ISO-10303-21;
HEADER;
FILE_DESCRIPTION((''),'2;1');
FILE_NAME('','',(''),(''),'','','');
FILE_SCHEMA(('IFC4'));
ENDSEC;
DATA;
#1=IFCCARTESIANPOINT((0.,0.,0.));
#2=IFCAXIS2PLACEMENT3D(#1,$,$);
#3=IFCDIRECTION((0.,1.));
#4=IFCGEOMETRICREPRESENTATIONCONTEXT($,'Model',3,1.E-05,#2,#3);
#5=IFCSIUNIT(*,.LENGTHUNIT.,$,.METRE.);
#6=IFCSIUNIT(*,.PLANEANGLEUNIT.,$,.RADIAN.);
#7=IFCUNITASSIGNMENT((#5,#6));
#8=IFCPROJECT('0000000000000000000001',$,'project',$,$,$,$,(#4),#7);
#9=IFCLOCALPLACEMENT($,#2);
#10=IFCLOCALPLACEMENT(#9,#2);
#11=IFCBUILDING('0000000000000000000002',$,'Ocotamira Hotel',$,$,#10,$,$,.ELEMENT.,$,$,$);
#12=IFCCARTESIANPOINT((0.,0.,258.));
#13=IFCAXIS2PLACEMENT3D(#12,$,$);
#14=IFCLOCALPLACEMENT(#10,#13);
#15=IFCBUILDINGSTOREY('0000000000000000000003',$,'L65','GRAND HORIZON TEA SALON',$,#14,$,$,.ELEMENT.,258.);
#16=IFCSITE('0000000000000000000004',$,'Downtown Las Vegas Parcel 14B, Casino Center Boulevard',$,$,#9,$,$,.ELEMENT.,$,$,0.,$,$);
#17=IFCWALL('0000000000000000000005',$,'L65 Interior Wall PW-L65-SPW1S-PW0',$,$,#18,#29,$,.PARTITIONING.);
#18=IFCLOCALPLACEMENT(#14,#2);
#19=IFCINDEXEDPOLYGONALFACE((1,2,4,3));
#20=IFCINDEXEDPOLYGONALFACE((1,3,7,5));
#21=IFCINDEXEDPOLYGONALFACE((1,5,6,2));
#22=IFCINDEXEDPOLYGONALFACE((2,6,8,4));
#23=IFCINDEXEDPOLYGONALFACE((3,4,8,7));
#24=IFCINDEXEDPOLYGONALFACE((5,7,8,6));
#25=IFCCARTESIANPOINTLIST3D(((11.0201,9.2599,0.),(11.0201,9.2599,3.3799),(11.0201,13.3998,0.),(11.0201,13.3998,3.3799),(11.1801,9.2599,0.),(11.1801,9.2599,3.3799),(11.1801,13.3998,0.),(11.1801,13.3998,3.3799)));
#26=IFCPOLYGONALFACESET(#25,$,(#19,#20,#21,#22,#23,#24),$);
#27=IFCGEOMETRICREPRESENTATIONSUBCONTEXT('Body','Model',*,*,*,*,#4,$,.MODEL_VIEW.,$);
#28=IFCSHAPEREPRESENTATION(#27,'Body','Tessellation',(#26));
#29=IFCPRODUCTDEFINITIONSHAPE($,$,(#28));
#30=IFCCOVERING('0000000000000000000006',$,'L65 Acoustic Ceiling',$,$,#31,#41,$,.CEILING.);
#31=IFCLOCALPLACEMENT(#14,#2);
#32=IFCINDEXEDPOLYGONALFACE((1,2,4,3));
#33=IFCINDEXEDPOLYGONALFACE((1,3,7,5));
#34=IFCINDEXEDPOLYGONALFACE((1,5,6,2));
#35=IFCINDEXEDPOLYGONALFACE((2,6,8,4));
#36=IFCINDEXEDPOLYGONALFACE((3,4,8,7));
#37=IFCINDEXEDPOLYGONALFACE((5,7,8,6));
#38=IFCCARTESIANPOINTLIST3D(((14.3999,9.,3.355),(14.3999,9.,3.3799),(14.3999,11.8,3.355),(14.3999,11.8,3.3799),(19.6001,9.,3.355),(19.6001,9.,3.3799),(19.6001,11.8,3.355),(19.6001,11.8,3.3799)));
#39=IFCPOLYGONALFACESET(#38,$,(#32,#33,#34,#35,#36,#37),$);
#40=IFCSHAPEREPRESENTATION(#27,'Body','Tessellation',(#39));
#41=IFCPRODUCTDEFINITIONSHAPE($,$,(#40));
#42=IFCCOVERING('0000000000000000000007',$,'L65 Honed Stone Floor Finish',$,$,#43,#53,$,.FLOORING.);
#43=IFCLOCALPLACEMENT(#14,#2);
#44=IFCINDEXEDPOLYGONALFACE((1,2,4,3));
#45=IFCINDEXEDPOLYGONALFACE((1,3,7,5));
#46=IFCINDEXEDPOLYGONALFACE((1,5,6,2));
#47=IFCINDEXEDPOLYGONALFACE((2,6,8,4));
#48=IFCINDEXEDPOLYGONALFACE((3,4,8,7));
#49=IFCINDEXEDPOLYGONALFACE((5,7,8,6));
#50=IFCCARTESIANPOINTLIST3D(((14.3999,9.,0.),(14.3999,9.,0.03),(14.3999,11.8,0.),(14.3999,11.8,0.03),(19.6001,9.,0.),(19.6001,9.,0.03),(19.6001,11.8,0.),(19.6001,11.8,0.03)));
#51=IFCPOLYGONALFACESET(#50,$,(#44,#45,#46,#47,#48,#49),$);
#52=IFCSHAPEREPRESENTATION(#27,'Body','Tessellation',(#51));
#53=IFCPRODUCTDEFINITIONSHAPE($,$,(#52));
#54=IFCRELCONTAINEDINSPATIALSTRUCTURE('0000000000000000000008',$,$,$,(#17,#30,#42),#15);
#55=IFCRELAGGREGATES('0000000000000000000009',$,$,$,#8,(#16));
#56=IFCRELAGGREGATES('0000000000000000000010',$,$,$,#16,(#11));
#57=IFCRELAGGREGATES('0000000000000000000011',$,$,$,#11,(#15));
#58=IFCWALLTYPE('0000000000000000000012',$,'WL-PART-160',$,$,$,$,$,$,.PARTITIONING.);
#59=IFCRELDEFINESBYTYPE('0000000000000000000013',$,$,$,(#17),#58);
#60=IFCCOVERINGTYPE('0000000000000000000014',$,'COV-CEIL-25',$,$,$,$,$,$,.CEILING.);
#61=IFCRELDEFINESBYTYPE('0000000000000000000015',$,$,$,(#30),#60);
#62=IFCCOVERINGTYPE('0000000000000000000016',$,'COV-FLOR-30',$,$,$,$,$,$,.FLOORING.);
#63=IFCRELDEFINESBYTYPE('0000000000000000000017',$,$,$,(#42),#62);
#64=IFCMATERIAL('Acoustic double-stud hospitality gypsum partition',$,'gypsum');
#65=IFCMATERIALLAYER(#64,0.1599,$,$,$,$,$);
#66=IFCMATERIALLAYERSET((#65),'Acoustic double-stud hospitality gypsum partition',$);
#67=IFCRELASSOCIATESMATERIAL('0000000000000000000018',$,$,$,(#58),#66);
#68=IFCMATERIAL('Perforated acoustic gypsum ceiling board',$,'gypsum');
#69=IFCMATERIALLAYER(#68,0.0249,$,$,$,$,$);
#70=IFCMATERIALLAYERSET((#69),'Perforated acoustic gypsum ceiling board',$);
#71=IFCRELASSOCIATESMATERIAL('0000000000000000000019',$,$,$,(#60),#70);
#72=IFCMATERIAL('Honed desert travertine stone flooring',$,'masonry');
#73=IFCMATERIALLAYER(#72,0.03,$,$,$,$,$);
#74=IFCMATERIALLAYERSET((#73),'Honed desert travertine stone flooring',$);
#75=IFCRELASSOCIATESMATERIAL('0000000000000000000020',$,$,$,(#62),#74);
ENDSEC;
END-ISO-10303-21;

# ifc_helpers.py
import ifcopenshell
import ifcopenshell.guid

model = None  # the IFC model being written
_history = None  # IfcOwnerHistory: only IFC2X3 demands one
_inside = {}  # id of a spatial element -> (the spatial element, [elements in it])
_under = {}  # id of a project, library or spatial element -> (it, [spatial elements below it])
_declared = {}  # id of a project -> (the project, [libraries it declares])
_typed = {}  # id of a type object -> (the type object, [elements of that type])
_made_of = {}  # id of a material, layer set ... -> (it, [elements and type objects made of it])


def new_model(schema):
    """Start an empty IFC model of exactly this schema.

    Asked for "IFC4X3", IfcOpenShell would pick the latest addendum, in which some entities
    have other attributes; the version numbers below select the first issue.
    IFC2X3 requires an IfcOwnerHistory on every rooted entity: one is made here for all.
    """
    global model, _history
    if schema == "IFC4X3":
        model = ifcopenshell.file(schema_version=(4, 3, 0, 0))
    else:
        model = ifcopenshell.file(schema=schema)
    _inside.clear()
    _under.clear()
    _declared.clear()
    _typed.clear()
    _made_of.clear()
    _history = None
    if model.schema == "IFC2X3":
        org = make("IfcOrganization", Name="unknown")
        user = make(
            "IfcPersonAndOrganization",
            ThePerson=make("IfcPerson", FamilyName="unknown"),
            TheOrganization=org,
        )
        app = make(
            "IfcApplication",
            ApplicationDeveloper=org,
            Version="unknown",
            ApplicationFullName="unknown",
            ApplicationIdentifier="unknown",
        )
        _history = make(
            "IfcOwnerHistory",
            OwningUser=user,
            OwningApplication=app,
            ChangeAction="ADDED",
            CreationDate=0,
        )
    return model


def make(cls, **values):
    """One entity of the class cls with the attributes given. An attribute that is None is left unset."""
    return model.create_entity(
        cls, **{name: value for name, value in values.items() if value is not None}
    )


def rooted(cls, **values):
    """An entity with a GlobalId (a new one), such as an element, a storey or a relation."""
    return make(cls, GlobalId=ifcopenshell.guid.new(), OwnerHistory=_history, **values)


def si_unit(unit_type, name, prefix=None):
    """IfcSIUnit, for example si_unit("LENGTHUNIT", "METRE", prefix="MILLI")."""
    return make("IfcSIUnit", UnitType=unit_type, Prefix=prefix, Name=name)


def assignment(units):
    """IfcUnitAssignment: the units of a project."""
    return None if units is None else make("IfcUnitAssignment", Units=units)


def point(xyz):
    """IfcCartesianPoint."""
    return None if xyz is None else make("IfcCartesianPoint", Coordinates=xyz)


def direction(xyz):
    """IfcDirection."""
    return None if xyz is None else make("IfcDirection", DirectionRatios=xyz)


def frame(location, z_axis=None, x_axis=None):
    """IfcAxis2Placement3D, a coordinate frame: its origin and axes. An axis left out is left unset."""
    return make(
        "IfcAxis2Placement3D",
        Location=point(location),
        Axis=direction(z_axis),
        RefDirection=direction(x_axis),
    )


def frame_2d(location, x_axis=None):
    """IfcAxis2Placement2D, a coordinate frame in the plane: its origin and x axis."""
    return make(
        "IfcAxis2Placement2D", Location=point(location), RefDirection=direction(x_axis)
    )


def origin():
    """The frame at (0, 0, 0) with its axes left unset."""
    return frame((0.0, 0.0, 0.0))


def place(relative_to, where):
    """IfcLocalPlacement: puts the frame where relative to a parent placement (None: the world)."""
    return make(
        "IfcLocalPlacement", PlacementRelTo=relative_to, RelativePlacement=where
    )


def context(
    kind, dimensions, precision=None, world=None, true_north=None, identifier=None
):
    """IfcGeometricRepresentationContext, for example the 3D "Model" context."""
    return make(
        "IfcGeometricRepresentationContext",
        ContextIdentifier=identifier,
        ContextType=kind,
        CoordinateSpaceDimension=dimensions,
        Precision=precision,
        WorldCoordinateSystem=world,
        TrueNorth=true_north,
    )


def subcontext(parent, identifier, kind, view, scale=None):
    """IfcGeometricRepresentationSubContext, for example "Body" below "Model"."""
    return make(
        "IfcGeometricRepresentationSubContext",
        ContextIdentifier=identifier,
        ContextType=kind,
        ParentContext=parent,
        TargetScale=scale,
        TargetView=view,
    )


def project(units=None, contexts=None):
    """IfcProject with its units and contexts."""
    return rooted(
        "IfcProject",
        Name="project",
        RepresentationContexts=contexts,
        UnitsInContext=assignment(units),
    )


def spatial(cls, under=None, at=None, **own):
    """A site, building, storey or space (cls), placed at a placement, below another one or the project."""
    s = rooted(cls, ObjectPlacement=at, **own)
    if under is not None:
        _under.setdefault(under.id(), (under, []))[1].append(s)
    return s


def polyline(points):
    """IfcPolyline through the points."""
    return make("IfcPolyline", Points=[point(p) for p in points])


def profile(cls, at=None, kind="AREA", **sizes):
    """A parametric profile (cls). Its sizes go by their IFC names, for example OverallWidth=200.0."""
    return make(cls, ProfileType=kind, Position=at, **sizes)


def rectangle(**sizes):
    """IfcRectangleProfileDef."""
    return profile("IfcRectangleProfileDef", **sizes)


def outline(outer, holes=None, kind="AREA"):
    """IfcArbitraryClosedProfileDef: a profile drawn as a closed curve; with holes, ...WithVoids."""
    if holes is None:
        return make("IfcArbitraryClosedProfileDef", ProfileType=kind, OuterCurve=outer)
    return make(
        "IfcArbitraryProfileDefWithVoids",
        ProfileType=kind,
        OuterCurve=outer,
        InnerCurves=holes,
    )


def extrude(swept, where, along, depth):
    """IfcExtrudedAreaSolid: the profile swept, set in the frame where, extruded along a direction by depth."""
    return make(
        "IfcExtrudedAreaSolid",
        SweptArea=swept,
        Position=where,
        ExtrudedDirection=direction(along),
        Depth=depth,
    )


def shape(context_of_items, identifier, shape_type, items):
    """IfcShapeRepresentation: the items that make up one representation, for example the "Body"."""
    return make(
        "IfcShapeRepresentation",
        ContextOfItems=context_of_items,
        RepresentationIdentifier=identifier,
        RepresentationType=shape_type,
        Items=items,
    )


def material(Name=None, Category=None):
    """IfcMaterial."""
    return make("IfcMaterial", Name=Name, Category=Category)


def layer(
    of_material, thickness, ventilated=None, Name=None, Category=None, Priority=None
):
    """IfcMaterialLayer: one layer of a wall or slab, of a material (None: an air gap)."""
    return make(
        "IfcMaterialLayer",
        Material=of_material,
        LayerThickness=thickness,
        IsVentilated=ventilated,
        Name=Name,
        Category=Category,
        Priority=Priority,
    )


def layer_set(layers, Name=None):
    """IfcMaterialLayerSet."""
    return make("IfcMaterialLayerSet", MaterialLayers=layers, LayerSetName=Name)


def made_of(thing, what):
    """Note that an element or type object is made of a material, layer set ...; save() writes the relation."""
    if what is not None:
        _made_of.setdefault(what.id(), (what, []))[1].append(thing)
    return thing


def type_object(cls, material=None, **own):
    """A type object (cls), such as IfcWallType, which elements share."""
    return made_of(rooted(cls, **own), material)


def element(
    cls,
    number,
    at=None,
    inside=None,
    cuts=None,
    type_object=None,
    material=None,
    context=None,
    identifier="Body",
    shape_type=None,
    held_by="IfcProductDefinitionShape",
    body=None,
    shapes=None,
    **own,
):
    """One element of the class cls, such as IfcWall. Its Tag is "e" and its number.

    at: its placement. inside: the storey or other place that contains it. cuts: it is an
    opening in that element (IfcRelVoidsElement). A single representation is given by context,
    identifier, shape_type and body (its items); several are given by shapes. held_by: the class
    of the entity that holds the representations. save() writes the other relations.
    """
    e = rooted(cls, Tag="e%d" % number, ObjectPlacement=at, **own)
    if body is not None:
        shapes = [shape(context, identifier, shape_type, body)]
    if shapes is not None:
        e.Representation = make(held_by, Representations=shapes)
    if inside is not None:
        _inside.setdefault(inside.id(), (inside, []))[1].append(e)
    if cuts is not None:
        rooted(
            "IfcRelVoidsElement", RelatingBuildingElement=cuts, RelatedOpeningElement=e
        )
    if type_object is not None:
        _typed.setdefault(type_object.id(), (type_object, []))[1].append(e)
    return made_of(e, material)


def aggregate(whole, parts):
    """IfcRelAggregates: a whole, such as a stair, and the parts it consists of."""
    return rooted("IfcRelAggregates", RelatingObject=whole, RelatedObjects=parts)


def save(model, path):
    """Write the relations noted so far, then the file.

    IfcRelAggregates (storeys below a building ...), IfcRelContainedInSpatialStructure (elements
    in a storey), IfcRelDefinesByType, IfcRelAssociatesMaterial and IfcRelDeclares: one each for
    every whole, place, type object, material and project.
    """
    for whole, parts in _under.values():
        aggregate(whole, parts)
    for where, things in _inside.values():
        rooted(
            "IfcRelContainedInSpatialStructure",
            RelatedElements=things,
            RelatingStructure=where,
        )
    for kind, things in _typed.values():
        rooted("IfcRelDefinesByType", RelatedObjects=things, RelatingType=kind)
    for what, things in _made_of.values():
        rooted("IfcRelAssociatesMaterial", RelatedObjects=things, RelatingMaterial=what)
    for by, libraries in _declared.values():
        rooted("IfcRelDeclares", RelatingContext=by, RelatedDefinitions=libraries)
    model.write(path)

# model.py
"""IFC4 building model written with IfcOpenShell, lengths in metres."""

from ifc_helpers import new_model, si_unit, direction, frame, frame_2d, origin, place, context, subcontext, project, spatial, polyline, rectangle, outline, extrude, material, layer, layer_set, type_object, element, save


model = new_model("IFC4")

# Units and contexts
model_context = context("Model", 3, precision=1e-05, world=origin(), true_north=direction((0.0, 1.0)))
body_context = subcontext(model_context, "Body", "Model", "MODEL_VIEW")
ifc_project = project(units=[si_unit("LENGTHUNIT", "METRE"), si_unit("PLANEANGLEUNIT", "RADIAN")], contexts=[model_context])

# Site, building, storey
site_placement = place(None, origin())
site = spatial("IfcSite", under=ifc_project, at=site_placement, Name="Downtown Las Vegas Parcel 14B, Casino Center Boulevard", CompositionType="ELEMENT", RefElevation=0.0)
building_placement = place(site_placement, origin())
building = spatial("IfcBuilding", under=site, at=building_placement, Name="Ocotamira Hotel", CompositionType="ELEMENT")
storey_placement = place(building_placement, frame((0.0, 0.0, 258.0)))
storey = spatial("IfcBuildingStorey", under=building, at=storey_placement, Name="L65", Description="GRAND HORIZON TEA SALON", CompositionType="ELEMENT", Elevation=258.0)

# Wall
ifc_material_1 = material(Name="Acoustic double-stud hospitality gypsum partition", Category="gypsum")
ifc_layer_1 = layer(ifc_material_1, 0.1599)
ifc_layer_set_1 = layer_set([ifc_layer_1], Name="Acoustic double-stud hospitality gypsum partition")
wall_type_1 = type_object("IfcWallType", Name="WL-PART-160", PredefinedType="PARTITIONING", material=ifc_layer_set_1)
wall_1_placement = place(storey_placement, frame((11.1001, 9.26, 0.0), z_axis=(0.0, 0.0, 1.0), x_axis=(0.0, 1.0, 0.0)))
element("IfcWall", 1, at=wall_1_placement, inside=storey, type_object=wall_type_1, Name="L65 Interior Wall PW-L65-SPW1S-PW0", PredefinedType="PARTITIONING", context=body_context, shape_type="SweptSolid", body=[
    extrude(rectangle(XDim=4.1399, YDim=0.1599, at=frame_2d((2.0698, 0.0))), origin(), (0.0, 0.0, 1.0), 3.3799),
])

# Coverings
ifc_material_2 = material(Name="Perforated acoustic gypsum ceiling board", Category="gypsum")
ifc_layer_2 = layer(ifc_material_2, 0.0249)
ifc_layer_set_2 = layer_set([ifc_layer_2], Name="Perforated acoustic gypsum ceiling board")
covering_type_1 = type_object("IfcCoveringType", Name="COV-CEIL-25", PredefinedType="CEILING", material=ifc_layer_set_2)
covering_1_placement = place(storey_placement, frame((0.0, 0.0, 3.355)))
element("IfcCovering", 2, at=covering_1_placement, inside=storey, type_object=covering_type_1, Name="L65 Acoustic Ceiling", PredefinedType="CEILING", context=body_context, shape_type="SweptSolid", body=[
    extrude(outline(polyline([(14.3999, 9.0), (19.6001, 9.0), (19.6001, 11.8), (14.3999, 11.8), (14.3999, 9.0)])), origin(), (0.0, 0.0, 1.0), 0.0249),
])
ifc_material_3 = material(Name="Honed desert travertine stone flooring", Category="masonry")
ifc_layer_3 = layer(ifc_material_3, 0.03)
ifc_layer_set_3 = layer_set([ifc_layer_3], Name="Honed desert travertine stone flooring")
covering_type_2 = type_object("IfcCoveringType", Name="COV-FLOR-30", PredefinedType="FLOORING", material=ifc_layer_set_3)
covering_2_placement = place(storey_placement, origin())
element("IfcCovering", 3, at=covering_2_placement, inside=storey, type_object=covering_type_2, Name="L65 Honed Stone Floor Finish", PredefinedType="FLOORING", context=body_context, shape_type="SweptSolid", body=[
    extrude(outline(polyline([(14.3999, 9.0), (19.6001, 9.0), (19.6001, 11.8), (14.3999, 11.8), (14.3999, 9.0)])), origin(), (0.0, 0.0, 1.0), 0.03),
])

save(model, "model.ifc")
